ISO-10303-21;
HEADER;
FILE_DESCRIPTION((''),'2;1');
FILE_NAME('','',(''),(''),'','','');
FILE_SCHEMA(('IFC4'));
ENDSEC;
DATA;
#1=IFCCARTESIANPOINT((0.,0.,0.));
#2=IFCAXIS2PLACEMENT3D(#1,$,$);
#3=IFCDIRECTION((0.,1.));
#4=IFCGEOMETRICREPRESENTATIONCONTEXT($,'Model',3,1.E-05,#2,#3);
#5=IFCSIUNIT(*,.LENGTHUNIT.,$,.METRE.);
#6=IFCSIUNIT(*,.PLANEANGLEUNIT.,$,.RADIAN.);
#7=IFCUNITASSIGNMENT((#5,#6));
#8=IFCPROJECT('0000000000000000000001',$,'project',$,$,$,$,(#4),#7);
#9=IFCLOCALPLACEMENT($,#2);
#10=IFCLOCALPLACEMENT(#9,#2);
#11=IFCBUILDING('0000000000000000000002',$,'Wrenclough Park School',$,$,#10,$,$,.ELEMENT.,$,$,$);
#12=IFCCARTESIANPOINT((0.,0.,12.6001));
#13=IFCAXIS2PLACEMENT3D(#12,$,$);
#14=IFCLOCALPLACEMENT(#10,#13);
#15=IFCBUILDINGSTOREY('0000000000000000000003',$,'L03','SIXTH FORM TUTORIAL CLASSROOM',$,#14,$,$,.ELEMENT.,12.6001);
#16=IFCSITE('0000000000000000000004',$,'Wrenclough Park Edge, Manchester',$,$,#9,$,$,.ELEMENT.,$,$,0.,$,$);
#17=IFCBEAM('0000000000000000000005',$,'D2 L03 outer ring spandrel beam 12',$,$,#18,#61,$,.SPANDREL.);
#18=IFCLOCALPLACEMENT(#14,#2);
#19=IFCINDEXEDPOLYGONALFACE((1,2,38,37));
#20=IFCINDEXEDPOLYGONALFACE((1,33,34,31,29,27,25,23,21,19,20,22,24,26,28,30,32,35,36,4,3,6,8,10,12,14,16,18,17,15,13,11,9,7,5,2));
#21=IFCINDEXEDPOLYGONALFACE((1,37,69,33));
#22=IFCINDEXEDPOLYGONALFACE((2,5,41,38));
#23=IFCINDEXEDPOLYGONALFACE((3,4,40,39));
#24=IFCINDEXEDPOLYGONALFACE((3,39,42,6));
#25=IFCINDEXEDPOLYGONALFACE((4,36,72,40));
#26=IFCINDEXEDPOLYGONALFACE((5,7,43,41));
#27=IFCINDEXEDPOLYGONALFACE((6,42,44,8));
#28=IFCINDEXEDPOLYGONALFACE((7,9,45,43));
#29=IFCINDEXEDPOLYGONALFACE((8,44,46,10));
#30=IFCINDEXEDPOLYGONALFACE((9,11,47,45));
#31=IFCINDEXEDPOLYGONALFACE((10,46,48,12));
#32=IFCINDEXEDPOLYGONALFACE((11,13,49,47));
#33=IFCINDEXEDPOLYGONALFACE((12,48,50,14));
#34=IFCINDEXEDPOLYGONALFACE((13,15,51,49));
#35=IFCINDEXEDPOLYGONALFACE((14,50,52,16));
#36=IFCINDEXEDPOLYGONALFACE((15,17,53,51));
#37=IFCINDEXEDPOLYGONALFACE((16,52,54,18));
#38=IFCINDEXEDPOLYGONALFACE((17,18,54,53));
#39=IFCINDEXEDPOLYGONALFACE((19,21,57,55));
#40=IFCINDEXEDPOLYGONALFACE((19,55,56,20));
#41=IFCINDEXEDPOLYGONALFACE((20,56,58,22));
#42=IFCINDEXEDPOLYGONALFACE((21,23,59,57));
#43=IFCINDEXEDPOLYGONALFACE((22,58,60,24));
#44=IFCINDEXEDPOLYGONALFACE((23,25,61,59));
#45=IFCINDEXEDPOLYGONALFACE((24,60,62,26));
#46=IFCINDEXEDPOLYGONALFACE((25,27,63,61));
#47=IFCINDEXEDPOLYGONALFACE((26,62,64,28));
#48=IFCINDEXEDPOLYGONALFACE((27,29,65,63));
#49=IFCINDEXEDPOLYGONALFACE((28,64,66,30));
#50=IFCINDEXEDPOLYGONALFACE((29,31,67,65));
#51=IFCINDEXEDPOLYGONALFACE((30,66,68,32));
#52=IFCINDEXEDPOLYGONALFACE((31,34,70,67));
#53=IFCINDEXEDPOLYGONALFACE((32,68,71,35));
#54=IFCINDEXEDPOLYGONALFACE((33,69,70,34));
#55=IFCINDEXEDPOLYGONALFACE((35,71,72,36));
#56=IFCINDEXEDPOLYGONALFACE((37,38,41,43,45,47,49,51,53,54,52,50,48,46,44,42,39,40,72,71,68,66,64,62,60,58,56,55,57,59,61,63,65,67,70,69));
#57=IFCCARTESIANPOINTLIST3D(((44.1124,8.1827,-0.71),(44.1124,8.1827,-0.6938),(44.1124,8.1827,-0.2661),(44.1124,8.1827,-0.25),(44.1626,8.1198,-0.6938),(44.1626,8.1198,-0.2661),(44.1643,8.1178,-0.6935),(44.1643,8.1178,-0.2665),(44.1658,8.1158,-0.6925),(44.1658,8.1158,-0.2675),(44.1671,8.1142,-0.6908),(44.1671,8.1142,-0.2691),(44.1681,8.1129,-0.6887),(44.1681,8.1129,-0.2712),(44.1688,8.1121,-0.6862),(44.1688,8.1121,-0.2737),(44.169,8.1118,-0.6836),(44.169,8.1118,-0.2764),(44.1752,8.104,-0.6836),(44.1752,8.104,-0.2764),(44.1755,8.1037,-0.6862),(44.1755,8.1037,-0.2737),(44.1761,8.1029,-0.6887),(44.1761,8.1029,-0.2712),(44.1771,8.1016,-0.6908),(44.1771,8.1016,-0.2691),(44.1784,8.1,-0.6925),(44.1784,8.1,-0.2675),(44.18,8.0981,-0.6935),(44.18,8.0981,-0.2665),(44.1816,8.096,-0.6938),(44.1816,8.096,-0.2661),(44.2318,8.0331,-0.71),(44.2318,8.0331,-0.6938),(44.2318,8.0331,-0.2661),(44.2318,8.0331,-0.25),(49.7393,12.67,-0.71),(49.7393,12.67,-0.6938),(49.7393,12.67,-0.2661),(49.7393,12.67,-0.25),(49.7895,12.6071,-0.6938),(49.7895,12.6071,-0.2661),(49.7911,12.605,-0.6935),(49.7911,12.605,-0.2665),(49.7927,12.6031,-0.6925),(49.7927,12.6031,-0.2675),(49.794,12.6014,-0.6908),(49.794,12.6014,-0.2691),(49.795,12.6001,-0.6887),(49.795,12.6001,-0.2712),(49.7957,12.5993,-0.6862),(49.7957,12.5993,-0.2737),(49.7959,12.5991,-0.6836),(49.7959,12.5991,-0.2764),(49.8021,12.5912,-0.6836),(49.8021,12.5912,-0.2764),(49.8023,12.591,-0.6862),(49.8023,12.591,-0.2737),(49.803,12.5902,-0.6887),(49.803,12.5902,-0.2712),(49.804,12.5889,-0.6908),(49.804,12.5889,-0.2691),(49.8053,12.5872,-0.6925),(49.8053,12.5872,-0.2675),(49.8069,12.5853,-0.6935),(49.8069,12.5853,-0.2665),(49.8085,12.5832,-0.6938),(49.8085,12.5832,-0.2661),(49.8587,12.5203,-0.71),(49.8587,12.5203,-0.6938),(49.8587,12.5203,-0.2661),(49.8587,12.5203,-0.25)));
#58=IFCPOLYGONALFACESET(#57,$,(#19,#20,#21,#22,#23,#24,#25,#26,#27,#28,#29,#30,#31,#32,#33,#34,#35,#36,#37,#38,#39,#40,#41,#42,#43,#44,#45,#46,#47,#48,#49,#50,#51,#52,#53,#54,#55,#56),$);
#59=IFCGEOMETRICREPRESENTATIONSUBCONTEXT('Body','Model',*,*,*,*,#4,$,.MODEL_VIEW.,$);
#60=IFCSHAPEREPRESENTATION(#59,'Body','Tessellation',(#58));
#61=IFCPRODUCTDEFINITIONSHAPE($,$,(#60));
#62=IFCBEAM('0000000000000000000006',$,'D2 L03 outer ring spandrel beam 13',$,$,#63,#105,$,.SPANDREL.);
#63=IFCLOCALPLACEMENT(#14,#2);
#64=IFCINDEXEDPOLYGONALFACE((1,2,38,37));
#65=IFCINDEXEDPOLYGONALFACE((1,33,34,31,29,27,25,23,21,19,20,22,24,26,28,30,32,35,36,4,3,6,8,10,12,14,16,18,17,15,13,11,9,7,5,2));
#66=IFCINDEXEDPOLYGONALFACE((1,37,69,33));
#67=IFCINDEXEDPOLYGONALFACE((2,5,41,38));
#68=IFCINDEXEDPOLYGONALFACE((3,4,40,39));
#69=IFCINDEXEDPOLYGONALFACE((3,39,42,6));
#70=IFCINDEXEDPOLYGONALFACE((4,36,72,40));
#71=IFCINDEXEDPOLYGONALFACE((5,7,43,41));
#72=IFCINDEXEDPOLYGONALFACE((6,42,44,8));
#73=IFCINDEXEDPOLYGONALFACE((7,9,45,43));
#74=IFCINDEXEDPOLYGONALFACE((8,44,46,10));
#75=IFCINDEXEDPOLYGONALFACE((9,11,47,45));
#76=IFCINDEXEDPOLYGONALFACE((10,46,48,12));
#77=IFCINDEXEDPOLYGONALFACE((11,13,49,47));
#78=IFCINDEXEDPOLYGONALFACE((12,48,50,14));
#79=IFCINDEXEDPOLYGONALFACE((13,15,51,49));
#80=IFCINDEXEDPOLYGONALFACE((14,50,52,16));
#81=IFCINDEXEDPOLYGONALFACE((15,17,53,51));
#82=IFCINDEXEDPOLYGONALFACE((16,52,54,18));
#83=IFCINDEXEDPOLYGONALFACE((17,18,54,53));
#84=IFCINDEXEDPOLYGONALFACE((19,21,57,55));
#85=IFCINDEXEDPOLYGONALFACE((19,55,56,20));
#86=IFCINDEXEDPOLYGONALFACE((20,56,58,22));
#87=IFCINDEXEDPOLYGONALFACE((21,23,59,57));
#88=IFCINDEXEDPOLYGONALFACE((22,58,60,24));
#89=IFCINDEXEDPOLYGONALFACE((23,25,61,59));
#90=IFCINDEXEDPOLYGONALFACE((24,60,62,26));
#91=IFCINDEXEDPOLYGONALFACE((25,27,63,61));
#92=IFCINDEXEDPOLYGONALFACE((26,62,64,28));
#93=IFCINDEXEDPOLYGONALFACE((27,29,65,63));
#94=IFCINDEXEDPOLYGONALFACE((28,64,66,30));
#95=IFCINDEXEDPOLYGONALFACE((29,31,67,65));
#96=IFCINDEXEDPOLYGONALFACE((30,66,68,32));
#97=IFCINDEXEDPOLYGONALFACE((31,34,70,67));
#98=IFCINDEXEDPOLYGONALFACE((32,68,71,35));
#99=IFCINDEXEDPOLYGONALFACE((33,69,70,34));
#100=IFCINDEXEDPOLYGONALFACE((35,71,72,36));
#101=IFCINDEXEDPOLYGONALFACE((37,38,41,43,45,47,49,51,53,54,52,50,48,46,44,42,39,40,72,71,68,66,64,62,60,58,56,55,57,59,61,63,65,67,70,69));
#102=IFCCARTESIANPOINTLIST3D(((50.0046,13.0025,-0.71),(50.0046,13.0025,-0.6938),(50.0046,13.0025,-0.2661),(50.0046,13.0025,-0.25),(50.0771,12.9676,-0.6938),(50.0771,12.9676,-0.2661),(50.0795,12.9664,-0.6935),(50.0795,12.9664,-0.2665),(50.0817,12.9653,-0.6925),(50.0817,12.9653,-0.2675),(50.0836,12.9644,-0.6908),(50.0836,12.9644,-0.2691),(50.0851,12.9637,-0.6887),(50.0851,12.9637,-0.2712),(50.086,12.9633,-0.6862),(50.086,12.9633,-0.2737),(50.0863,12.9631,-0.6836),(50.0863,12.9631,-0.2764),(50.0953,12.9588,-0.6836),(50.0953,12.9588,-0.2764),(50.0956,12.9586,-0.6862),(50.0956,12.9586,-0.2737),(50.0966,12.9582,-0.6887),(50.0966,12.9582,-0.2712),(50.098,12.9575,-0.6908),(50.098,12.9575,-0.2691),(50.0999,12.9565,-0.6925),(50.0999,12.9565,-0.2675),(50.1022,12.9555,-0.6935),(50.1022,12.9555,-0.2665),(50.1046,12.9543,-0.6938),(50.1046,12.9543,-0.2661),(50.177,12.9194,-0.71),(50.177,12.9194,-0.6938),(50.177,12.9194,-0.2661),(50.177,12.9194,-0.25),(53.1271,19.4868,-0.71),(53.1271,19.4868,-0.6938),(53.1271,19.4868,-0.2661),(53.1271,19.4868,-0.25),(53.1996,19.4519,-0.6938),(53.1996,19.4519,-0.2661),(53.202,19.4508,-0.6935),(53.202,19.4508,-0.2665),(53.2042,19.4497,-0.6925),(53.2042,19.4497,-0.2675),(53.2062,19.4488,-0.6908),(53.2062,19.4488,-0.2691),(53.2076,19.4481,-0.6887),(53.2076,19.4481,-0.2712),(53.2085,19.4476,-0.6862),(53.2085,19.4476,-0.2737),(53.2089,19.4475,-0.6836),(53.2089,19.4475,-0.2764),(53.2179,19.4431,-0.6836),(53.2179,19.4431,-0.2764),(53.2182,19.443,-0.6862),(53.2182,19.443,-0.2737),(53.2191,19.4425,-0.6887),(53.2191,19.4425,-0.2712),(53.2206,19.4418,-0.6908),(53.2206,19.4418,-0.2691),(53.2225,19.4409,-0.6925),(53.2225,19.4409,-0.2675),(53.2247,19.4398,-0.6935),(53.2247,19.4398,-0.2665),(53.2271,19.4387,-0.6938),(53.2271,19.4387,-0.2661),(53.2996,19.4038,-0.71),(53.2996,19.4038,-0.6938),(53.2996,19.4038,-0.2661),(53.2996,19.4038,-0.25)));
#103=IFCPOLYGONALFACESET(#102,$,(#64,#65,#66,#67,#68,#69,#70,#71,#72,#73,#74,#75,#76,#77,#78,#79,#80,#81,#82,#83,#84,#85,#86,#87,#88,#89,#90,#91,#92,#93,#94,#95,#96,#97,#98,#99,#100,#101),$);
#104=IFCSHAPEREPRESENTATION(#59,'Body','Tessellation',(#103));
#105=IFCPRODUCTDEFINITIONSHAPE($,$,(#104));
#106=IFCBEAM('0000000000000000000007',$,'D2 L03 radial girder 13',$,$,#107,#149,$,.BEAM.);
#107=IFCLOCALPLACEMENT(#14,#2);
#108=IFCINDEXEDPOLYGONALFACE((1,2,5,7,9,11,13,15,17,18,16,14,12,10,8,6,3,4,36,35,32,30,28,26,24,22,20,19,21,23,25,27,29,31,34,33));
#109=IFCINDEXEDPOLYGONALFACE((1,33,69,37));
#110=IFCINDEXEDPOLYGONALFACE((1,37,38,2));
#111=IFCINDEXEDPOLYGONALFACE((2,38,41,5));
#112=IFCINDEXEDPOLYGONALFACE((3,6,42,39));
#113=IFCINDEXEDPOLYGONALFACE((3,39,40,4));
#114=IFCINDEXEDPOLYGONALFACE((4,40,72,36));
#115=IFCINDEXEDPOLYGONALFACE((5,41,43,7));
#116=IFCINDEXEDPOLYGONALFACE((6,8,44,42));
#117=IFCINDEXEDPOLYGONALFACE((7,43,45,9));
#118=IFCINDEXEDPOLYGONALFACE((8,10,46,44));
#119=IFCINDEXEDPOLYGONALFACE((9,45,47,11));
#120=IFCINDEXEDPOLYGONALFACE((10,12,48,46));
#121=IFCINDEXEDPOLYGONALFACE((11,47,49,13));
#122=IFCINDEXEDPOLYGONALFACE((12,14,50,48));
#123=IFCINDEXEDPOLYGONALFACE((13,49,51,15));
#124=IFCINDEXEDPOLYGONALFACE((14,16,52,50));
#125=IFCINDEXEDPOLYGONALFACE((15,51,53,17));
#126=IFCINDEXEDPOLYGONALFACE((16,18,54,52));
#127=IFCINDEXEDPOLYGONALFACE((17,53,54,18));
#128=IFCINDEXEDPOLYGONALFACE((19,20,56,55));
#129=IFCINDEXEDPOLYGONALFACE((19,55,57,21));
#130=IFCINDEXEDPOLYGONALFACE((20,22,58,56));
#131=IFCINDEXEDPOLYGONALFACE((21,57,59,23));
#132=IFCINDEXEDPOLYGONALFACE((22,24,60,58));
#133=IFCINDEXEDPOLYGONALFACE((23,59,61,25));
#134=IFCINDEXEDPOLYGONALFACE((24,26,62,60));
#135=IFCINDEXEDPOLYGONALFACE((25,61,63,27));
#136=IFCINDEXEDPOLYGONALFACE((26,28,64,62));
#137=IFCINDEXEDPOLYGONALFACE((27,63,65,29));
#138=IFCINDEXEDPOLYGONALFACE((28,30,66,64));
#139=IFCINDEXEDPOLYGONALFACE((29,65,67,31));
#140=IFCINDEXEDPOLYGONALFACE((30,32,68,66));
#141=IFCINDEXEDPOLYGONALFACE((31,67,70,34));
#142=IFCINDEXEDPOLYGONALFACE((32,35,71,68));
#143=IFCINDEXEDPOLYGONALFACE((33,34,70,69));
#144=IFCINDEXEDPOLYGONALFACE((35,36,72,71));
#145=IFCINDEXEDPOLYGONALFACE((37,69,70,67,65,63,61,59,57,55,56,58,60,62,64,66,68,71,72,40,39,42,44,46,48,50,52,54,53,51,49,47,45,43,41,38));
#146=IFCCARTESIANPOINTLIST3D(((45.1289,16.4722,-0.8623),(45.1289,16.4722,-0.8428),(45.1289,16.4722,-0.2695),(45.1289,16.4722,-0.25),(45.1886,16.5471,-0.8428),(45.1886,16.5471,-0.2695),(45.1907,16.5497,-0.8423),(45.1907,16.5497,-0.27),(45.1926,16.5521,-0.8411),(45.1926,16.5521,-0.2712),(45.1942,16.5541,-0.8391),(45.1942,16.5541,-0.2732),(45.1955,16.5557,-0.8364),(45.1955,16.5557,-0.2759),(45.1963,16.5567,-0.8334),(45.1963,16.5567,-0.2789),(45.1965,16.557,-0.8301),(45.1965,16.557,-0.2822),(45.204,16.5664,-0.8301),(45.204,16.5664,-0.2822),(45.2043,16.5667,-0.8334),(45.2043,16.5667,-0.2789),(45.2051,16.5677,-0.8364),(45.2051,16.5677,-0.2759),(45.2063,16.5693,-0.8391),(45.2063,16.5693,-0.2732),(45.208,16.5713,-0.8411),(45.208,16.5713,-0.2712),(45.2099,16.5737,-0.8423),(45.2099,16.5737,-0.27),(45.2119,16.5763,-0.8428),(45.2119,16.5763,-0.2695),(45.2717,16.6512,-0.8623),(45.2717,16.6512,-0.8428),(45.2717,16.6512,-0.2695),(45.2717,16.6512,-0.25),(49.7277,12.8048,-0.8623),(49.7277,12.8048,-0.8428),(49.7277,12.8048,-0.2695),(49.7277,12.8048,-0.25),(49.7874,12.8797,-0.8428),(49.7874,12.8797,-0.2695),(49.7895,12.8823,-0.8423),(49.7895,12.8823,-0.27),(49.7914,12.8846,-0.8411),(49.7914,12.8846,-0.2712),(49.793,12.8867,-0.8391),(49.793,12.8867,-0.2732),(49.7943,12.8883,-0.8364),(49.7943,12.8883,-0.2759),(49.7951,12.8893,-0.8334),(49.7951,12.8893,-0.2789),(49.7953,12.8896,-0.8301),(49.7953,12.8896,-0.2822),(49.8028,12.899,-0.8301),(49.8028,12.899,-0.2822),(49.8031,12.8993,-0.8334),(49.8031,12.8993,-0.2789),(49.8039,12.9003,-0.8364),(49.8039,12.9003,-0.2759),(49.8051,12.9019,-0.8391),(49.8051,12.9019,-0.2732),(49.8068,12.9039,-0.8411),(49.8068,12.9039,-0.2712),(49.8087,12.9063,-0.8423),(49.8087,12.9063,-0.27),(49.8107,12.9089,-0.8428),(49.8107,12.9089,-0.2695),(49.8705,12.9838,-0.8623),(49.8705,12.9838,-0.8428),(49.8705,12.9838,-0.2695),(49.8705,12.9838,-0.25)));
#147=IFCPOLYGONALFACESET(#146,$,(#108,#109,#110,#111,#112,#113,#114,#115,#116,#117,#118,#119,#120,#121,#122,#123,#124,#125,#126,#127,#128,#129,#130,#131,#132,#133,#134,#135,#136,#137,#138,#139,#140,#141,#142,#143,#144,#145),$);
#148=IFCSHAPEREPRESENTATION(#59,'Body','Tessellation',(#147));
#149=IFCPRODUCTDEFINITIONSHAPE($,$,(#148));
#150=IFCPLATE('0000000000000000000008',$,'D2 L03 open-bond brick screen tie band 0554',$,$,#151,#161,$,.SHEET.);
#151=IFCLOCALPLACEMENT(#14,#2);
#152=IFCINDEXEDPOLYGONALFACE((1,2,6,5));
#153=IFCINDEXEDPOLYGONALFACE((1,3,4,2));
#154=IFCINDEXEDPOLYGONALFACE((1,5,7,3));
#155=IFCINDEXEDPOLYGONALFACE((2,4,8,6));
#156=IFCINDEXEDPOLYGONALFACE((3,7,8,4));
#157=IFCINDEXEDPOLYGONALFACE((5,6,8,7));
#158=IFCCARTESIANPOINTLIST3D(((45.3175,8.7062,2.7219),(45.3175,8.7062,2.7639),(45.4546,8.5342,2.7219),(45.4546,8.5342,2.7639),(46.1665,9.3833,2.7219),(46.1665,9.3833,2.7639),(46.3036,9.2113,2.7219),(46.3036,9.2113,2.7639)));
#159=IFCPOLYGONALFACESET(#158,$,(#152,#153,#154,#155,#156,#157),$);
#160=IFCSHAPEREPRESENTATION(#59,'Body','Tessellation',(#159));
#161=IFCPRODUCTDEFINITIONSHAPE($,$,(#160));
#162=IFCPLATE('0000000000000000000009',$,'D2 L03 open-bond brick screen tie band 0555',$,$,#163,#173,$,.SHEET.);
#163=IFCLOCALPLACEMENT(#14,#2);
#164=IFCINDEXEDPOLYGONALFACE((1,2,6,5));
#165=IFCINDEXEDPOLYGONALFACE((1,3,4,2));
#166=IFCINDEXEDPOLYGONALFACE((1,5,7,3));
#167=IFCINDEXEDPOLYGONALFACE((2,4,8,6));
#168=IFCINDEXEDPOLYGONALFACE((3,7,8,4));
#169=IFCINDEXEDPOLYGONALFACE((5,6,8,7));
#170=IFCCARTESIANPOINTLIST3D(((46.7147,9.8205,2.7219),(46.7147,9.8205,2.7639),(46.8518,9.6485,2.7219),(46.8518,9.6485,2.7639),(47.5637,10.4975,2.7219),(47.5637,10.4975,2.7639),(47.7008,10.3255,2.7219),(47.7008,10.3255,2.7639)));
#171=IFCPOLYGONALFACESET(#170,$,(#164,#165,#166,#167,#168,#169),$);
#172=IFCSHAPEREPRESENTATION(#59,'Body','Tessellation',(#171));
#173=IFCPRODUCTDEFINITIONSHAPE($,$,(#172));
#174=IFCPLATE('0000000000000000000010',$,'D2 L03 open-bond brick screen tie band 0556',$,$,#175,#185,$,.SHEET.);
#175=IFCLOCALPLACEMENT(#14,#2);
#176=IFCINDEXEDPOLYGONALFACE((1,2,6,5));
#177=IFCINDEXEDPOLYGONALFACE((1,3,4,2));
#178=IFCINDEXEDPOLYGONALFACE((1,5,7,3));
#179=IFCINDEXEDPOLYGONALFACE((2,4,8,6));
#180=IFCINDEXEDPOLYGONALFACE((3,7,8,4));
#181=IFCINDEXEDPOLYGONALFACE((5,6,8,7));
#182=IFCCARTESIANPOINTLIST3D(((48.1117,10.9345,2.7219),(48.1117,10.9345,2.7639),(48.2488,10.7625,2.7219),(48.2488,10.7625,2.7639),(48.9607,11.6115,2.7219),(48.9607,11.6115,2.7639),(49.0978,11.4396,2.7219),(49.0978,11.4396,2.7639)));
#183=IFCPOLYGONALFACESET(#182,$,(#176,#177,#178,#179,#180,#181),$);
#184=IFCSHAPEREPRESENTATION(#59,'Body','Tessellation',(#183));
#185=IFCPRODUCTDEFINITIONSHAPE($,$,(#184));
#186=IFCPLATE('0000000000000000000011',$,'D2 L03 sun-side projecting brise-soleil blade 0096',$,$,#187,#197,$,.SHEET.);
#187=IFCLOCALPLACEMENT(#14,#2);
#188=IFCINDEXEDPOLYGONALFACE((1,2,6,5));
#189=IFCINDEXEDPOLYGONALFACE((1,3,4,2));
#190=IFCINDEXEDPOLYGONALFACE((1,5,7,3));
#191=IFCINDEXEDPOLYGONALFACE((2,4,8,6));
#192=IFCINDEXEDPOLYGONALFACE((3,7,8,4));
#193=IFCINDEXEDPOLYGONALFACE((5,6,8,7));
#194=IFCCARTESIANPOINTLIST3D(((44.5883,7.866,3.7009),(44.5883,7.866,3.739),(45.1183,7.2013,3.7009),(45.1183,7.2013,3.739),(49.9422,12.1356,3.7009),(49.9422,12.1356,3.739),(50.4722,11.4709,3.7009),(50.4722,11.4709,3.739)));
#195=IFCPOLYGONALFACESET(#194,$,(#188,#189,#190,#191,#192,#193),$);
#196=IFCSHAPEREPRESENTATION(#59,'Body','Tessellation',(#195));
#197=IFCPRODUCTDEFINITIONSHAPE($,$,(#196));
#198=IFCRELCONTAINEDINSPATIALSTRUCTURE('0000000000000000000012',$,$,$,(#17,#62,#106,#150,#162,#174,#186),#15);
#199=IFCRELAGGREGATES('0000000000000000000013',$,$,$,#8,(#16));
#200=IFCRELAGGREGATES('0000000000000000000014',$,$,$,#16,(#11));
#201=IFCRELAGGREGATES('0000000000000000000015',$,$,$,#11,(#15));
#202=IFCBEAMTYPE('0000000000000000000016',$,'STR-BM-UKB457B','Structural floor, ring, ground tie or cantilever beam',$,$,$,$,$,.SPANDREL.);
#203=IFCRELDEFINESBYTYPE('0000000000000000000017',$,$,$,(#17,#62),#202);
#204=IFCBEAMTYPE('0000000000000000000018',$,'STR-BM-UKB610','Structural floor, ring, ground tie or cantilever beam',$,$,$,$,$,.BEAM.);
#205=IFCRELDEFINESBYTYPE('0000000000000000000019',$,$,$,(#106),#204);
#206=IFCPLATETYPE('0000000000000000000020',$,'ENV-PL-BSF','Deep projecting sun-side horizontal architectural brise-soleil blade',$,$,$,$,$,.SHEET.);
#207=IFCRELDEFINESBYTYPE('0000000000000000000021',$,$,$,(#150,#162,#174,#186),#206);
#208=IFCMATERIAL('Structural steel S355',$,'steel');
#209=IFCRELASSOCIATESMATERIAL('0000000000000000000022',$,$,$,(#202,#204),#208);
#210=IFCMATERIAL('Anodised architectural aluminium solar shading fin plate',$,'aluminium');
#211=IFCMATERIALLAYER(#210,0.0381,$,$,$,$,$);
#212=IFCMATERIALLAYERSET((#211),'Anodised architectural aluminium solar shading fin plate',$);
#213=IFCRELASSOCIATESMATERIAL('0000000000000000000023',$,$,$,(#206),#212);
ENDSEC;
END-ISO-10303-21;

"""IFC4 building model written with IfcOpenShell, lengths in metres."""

from ifc_helpers import new_model, si_unit, direction, frame, origin, origin_2d, place, context, subcontext, project, spatial, rectangle, i_section, extrude, material, layer, layer_set, material_profile, profile_set, type_object, element, save


model = new_model("IFC4")

# Units and contexts
model_context = context("Model", 3, precision=1e-05, world=origin(), true_north=direction((0.0, 1.0)))
body_context = subcontext(model_context, "Body", "Model", "MODEL_VIEW")
ifc_project = project(units=[si_unit("LENGTHUNIT", "METRE"), si_unit("PLANEANGLEUNIT", "RADIAN")], contexts=[model_context])

# Site, building, storey
site_placement = place(None, origin())
site = spatial("IfcSite", under=ifc_project, at=site_placement, Name="Wrenclough Park Edge, Manchester", CompositionType="ELEMENT", RefElevation=0.0)
building_placement = place(site_placement, origin())
building = spatial("IfcBuilding", under=site, at=building_placement, Name="Wrenclough Park School", CompositionType="ELEMENT")
storey_placement = place(building_placement, frame((0.0, 0.0, 12.6001)))
storey = spatial("IfcBuildingStorey", under=building, at=storey_placement, Name="L03", Description="SIXTH FORM TUTORIAL CLASSROOM", CompositionType="ELEMENT", Elevation=12.6001)

# Beams
ifc_material_1 = material(Name="Structural steel S355", Category="steel")
ifc_material_profile_1 = material_profile(ifc_material_1, i_section(OverallWidth=0.1914, OverallDepth=0.46, WebThickness=0.01, FlangeThickness=0.0161, FilletRadius=0.0103, at=origin_2d()), Name="UKB 457x191x82")
ifc_profile_set_1 = profile_set([ifc_material_profile_1], Name="Structural steel S355")
beam_type_1 = type_object("IfcBeamType", Name="STR-BM-UKB457B", Description="Structural floor, ring, ground tie or cantilever beam", PredefinedType="SPANDREL", material=ifc_profile_set_1)
for number, where, z_axis, x_axis, name in (
    (1, (44.1721, 8.1079, -0.48), (0.781834, 0.623486, 0.0), (-0.623486, 0.781834, 0.0), "D2 L03 outer ring spandrel beam 12"),
    (2, (50.0908, 12.9609, -0.48), (0.433867, 0.900977, 0.0), (-0.900977, 0.433867, 0.0), "D2 L03 outer ring spandrel beam 13"),
):
    element("IfcBeam", number, at=place(storey_placement, frame(where, z_axis=z_axis, x_axis=x_axis)), inside=storey, type_object=beam_type_1, Name=name, PredefinedType="SPANDREL", context=body_context, shape_type="SweptSolid", body=[
        extrude(i_section(OverallWidth=0.1914, OverallDepth=0.46, WebThickness=0.01, FlangeThickness=0.0161, FilletRadius=0.0103, at=origin_2d()), origin(), (0.0, 0.0, 1.0), 7.197),
    ])
ifc_material_profile_2 = material_profile(ifc_material_1, i_section(OverallWidth=0.229, OverallDepth=0.6123, WebThickness=0.012, FlangeThickness=0.0195, FilletRadius=0.0127, at=origin_2d()), Name="UKB 610x229x125")
ifc_profile_set_2 = profile_set([ifc_material_profile_2], Name="Structural steel S355")
beam_type_2 = type_object("IfcBeamType", Name="STR-BM-UKB610", Description="Structural floor, ring, ground tie or cantilever beam", PredefinedType="BEAM", material=ifc_profile_set_2)
beam_placement = place(storey_placement, frame((49.7991, 12.8943, -0.5562), z_axis=(-0.781832, 0.62349, 0.0), x_axis=(-0.62349, -0.781832, 0.0)))
element("IfcBeam", 3, at=beam_placement, inside=storey, type_object=beam_type_2, Name="D2 L03 radial girder 13", PredefinedType="BEAM", context=body_context, shape_type="SweptSolid", body=[
    extrude(i_section(OverallWidth=0.229, OverallDepth=0.6123, WebThickness=0.012, FlangeThickness=0.0195, FilletRadius=0.0127, at=origin_2d()), origin(), (0.0, 0.0, 1.0), 5.8821),
])

# Plates
ifc_material_2 = material(Name="Anodised architectural aluminium solar shading fin plate", Category="aluminium")
ifc_layer_1 = layer(ifc_material_2, 0.0381)
ifc_layer_set_1 = layer_set([ifc_layer_1], Name="Anodised architectural aluminium solar shading fin plate")
plate_type = type_object("IfcPlateType", Name="ENV-PL-BSF", Description="Deep projecting sun-side horizontal architectural brise-soleil blade", PredefinedType="SHEET", material=ifc_layer_set_1)
for number, where, z_axis, x_axis, name in (
    (4, (45.8105, 8.9587, 2.7219), (0.0, 0.0, 1.0), (0.78183, 0.623492, 0.0), "D2 L03 open-bond brick screen tie band 0554"),
    (5, (47.2078, 10.073, 2.7219), (0.0, 0.0, 1.0), (0.78183, 0.623492, 0.0), "D2 L03 open-bond brick screen tie band 0555"),
    (6, (48.6047, 11.187, 2.7219), (0.0, 0.0, 1.0), (0.78183, 0.623492, 0.0), "D2 L03 open-bond brick screen tie band 0556"),
):
    element("IfcPlate", number, at=place(storey_placement, frame(where, z_axis=z_axis, x_axis=x_axis)), inside=storey, type_object=plate_type, Name=name, PredefinedType="SHEET", context=body_context, shape_type="SweptSolid", body=[
        extrude(rectangle(XDim=1.0859, YDim=0.22, at=origin_2d()), origin(), (0.0, 0.0, 1.0), 0.042),
    ])
plate_1_placement = place(storey_placement, frame((47.5303, 9.6685, 3.7009), z_axis=(0.0, 0.0, 1.0), x_axis=(0.78183, 0.623492, 0.0)))
element("IfcPlate", 7, at=plate_1_placement, inside=storey, type_object=plate_type, Name="D2 L03 sun-side projecting brise-soleil blade 0096", PredefinedType="SHEET", context=body_context, shape_type="SweptSolid", body=[
    extrude(rectangle(XDim=6.8479, YDim=0.8501, at=origin_2d()), origin(), (0.0, 0.0, 1.0), 0.0381),
])

save(model, "model.ifc")
